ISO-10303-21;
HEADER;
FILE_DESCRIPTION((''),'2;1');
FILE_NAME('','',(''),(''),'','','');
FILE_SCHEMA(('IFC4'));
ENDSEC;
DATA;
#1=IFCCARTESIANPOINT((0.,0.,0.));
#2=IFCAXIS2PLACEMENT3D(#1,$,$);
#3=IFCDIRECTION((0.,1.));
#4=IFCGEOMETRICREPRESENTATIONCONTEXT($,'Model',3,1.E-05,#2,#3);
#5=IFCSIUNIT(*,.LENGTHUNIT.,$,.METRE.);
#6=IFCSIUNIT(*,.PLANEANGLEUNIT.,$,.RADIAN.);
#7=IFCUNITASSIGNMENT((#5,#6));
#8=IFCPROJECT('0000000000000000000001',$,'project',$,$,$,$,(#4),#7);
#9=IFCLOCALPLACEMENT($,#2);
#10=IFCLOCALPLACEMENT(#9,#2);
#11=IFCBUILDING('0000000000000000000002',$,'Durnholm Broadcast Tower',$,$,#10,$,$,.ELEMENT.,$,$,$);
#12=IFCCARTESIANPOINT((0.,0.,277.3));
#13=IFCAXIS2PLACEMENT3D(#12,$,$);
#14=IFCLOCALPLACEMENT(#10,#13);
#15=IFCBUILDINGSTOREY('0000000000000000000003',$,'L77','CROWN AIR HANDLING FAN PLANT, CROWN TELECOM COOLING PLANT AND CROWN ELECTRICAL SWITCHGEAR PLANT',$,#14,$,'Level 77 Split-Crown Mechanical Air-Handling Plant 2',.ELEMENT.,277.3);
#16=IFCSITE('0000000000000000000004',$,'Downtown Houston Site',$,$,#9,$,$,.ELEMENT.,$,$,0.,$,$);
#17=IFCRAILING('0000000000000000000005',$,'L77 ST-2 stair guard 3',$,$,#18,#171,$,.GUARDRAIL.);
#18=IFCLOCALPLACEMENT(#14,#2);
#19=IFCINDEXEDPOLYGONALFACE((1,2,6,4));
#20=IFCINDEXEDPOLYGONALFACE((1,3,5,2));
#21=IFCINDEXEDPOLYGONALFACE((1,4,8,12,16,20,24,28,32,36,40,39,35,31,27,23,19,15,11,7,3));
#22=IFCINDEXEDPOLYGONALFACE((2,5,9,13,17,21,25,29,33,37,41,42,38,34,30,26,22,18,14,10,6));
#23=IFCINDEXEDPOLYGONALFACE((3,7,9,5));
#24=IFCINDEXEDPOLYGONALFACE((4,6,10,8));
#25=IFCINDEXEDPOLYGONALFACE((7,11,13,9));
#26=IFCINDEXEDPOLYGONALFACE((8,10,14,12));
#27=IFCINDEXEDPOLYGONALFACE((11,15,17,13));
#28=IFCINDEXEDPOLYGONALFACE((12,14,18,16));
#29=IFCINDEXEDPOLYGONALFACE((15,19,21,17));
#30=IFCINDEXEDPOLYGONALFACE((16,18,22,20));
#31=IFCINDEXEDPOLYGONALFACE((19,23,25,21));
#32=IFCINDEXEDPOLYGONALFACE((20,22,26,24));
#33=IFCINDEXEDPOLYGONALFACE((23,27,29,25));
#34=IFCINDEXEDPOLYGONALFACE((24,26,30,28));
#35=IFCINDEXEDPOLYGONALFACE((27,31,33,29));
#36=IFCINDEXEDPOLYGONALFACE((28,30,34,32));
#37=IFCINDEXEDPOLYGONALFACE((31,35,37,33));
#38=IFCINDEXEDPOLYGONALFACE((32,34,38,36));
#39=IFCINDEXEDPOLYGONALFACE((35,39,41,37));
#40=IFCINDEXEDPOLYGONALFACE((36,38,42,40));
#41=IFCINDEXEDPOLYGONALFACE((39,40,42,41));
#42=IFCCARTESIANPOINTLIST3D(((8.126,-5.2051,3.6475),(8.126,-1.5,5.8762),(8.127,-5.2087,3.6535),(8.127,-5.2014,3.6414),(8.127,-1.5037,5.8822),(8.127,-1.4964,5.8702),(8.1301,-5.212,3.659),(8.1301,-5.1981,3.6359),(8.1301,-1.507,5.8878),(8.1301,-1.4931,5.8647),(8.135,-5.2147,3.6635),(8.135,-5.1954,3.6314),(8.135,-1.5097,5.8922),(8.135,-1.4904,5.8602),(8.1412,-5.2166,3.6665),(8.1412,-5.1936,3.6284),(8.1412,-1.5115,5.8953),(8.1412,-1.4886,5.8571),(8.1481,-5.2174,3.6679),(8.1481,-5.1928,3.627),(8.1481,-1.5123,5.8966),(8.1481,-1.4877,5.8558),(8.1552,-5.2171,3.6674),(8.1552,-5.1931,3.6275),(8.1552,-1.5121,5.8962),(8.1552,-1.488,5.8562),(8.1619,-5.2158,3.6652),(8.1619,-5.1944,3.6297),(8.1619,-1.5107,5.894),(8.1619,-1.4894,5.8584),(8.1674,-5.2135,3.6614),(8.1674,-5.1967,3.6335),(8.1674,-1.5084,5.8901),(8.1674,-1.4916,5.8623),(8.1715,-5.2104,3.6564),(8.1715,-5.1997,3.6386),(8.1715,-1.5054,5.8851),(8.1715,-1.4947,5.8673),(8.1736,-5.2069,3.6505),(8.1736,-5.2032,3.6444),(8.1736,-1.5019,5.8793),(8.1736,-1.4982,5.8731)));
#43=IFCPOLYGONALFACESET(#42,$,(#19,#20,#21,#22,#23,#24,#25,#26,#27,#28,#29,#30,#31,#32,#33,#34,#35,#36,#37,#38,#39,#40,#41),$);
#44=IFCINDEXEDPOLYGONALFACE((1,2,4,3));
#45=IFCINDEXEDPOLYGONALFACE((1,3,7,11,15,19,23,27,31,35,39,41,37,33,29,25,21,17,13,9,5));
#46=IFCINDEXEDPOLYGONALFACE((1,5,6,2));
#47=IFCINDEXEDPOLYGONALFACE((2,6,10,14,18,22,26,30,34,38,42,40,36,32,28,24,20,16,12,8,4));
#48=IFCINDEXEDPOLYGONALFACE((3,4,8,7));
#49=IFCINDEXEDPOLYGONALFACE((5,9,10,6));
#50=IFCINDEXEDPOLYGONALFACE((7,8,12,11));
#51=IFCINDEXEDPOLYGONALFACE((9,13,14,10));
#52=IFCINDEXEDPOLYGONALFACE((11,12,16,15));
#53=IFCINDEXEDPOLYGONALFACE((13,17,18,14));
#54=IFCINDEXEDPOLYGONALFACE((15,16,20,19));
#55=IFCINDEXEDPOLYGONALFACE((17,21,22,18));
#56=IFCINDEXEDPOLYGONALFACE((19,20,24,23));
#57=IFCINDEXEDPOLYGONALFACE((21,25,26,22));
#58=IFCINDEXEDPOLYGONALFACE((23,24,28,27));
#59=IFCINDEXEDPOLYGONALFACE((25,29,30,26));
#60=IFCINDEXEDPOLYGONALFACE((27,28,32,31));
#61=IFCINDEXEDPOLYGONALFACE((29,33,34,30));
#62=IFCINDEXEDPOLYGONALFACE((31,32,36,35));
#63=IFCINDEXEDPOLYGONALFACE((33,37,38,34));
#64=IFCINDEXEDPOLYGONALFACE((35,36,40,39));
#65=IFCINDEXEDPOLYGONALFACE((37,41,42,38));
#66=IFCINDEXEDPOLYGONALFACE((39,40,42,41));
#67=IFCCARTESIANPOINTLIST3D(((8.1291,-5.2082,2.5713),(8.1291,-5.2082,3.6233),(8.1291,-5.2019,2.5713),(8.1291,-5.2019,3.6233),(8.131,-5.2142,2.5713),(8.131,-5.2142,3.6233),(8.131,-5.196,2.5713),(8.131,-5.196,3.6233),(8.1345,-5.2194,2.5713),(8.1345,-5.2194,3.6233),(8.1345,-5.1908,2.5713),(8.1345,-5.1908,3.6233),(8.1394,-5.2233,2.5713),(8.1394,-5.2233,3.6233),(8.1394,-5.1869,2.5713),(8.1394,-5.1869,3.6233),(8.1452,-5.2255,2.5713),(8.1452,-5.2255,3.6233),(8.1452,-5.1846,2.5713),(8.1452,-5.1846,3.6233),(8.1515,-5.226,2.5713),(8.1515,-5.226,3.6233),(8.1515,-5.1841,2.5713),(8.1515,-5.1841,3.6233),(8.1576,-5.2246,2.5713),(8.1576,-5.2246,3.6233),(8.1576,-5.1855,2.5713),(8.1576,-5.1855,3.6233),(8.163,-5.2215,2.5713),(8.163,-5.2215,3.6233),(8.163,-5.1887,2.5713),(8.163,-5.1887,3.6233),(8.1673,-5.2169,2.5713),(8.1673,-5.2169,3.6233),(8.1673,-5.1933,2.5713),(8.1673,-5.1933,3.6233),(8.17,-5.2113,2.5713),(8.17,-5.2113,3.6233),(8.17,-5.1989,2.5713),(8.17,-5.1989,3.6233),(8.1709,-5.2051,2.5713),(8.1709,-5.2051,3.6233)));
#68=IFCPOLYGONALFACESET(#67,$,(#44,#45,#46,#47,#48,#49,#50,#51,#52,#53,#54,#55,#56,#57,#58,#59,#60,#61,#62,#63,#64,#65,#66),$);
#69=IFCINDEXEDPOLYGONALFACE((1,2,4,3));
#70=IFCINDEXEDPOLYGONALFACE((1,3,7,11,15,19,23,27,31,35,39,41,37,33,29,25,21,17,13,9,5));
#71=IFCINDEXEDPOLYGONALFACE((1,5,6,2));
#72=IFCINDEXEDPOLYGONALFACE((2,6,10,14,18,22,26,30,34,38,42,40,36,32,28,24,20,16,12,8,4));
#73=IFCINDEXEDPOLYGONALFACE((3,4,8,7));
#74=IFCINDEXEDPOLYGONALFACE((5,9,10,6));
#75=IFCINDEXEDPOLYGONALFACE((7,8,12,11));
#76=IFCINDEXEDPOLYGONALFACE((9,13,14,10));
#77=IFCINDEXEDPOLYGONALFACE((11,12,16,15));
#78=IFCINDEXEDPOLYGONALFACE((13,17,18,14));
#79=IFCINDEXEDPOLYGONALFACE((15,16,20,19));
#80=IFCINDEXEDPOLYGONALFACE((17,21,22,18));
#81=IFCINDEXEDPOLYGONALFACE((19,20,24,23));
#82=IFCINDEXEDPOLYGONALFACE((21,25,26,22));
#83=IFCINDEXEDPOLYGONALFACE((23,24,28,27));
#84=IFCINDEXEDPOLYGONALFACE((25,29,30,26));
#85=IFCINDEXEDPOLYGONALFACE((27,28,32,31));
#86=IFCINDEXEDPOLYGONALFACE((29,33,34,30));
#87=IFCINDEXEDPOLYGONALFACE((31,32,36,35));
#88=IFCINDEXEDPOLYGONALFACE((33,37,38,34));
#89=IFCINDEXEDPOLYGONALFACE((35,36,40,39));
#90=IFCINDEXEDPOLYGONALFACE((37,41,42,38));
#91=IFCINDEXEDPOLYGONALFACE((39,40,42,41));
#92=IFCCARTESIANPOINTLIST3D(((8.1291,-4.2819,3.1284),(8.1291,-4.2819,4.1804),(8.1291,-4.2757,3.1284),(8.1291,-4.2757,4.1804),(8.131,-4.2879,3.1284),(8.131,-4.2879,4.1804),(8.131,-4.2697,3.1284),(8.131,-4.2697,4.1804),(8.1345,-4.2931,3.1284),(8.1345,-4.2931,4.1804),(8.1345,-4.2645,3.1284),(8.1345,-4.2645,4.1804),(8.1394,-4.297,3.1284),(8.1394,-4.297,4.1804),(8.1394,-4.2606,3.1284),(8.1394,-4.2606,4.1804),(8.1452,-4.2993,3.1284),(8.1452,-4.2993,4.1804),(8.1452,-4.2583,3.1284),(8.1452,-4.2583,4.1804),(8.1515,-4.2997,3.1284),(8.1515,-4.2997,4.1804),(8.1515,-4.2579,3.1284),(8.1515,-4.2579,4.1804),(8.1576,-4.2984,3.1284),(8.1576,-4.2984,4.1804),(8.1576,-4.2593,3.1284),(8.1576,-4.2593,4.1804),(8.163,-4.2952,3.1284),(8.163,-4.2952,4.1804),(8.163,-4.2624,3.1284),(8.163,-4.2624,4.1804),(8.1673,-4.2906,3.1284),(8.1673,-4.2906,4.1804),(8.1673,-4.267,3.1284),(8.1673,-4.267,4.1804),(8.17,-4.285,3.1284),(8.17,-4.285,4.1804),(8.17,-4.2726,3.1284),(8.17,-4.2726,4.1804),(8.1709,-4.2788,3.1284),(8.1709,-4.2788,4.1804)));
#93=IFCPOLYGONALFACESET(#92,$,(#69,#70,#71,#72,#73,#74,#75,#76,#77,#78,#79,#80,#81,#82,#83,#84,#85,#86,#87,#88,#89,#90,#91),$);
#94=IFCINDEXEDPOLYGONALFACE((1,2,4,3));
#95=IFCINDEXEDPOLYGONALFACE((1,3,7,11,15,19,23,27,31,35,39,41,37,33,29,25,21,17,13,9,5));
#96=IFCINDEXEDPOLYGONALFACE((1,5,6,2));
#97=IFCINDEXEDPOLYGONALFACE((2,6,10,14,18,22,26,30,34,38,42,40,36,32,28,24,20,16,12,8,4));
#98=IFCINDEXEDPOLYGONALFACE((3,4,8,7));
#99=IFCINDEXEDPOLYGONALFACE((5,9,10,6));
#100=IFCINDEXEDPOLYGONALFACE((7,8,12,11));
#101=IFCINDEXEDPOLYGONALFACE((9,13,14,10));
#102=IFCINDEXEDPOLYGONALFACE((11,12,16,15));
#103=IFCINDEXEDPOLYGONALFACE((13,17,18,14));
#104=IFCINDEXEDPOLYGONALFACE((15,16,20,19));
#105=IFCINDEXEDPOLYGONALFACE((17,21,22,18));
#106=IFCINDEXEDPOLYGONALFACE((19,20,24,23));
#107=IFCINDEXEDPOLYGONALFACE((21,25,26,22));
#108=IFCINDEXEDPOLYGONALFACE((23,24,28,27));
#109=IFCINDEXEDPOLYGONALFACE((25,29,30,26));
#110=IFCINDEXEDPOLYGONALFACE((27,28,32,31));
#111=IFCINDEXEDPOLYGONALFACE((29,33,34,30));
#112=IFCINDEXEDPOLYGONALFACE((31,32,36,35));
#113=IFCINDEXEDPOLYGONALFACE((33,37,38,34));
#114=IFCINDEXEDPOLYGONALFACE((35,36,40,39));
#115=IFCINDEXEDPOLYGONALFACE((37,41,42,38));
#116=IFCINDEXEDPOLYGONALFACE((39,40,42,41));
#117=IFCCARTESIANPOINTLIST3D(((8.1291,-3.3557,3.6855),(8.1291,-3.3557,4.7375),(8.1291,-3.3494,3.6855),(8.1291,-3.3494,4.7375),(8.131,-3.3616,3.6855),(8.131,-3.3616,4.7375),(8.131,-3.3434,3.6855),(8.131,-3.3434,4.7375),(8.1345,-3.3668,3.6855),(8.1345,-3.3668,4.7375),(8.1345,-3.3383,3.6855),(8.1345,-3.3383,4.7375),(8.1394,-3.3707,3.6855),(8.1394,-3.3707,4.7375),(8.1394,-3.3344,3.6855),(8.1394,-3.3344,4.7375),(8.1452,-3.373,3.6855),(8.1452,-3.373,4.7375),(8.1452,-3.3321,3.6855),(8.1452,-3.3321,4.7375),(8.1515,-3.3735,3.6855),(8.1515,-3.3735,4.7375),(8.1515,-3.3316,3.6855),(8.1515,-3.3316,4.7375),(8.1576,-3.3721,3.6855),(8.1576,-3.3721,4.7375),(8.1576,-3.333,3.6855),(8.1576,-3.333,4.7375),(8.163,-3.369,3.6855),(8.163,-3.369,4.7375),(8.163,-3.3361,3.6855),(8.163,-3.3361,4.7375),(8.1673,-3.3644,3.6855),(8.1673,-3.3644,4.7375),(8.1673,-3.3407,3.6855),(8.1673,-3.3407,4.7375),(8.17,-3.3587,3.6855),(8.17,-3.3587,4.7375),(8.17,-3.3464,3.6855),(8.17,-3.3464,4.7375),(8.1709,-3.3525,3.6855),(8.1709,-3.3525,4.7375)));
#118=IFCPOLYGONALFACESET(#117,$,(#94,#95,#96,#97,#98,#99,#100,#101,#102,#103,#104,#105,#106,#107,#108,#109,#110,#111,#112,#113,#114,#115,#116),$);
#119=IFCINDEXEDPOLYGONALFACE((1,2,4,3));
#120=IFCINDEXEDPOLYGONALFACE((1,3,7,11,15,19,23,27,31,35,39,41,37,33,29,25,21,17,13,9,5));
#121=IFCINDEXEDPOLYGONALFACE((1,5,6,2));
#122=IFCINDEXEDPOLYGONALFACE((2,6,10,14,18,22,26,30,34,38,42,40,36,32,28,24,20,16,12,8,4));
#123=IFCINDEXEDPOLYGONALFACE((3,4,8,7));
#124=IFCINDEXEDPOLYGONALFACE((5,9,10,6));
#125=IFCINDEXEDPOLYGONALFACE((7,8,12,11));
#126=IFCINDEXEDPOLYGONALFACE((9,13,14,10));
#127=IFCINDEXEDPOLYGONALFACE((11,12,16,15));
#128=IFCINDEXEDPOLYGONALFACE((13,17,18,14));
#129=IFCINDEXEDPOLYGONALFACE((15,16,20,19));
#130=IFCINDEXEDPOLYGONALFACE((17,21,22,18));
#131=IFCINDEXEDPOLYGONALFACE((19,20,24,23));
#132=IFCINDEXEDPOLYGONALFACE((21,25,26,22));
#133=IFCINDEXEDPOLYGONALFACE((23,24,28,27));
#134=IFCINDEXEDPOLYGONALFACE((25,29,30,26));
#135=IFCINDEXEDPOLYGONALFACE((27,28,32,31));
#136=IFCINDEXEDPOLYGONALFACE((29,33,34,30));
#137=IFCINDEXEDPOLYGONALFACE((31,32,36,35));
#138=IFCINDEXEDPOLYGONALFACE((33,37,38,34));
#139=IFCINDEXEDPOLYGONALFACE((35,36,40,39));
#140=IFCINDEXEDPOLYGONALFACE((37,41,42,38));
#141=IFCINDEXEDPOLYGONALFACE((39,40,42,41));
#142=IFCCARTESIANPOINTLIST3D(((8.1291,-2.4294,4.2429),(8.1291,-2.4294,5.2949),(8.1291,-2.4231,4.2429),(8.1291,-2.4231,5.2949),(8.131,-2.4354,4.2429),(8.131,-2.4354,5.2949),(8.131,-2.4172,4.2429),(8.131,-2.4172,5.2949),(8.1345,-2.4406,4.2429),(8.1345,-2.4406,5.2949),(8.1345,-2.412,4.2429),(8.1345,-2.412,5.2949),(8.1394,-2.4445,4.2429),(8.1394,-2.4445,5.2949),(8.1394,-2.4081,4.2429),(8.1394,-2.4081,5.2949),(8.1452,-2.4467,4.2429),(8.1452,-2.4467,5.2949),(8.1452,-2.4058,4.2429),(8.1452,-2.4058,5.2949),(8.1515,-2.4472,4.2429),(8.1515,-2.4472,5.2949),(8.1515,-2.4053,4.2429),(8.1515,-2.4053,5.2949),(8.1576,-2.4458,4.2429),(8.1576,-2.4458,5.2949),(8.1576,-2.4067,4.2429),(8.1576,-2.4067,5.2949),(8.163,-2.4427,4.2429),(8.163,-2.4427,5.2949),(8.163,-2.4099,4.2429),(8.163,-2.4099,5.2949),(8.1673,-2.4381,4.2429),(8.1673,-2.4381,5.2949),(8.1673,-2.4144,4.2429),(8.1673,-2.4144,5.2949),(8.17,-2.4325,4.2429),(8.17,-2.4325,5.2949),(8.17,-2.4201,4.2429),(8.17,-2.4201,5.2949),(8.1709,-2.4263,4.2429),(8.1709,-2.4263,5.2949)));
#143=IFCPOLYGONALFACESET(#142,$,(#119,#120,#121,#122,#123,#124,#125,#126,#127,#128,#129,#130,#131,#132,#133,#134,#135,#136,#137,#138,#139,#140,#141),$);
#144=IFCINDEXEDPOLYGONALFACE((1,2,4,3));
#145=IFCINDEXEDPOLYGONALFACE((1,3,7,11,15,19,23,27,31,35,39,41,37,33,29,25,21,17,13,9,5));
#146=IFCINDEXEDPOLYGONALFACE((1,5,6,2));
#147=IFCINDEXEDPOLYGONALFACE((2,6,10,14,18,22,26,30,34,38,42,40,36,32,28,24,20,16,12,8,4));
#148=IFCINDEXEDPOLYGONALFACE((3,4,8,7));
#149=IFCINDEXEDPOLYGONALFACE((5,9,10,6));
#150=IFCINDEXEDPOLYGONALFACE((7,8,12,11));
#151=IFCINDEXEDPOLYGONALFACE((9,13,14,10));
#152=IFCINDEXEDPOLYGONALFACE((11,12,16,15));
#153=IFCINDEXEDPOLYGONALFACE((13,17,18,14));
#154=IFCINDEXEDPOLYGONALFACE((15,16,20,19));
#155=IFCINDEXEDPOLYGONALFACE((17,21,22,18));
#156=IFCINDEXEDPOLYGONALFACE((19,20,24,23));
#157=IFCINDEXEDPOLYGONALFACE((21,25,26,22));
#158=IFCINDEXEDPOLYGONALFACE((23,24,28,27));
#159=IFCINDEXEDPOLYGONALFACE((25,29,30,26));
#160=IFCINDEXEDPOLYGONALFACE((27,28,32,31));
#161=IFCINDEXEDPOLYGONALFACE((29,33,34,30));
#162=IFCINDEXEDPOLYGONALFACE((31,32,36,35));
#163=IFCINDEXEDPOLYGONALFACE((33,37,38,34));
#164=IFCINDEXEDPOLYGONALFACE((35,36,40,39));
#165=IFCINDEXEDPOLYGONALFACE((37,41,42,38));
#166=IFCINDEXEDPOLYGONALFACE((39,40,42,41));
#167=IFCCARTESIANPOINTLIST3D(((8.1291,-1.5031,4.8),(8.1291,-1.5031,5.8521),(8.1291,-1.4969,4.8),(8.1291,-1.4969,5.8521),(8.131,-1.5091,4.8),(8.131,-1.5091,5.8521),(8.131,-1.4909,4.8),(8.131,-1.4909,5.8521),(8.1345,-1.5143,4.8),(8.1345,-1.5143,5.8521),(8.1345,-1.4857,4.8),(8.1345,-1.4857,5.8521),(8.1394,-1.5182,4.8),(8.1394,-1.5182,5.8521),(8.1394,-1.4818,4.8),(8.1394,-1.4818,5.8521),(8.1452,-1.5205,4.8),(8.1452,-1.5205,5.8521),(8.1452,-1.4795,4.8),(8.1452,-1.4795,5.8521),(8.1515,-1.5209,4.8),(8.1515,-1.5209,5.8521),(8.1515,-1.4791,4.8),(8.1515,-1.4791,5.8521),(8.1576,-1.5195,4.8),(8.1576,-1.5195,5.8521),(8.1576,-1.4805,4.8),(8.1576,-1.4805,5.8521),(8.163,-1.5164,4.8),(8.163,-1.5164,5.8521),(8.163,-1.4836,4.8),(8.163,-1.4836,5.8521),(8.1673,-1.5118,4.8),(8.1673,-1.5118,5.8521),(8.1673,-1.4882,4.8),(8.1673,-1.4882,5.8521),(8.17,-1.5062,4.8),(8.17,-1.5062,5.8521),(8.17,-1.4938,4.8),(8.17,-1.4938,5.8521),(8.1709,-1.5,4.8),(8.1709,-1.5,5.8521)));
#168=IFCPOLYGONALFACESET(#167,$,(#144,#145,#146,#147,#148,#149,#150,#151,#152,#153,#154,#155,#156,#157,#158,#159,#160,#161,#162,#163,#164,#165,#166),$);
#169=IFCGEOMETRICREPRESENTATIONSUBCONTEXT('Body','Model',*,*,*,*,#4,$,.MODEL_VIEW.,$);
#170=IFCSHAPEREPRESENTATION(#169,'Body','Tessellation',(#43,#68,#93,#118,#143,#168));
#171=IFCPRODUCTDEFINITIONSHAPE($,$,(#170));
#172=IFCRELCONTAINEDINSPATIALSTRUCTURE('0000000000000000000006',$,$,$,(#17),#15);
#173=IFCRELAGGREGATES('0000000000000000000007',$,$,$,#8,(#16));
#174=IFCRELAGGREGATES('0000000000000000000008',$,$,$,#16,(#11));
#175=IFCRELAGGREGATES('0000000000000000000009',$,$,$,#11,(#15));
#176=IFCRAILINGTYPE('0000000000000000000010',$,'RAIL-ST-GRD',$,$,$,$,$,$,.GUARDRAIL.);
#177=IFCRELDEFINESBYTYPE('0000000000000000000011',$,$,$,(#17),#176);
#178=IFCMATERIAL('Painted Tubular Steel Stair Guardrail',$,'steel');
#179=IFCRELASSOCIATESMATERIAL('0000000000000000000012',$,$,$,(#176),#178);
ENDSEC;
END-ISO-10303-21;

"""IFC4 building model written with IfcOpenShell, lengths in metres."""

from ifc_helpers import new_model, si_unit, direction, frame, origin, origin_2d, place, context, subcontext, project, spatial, circle, extrude, material, type_object, element, save


model = new_model("IFC4")

# Units and contexts
model_context = context("Model", 3, precision=1e-05, world=origin(), true_north=direction((0.0, 1.0)))
body_context = subcontext(model_context, "Body", "Model", "MODEL_VIEW")
ifc_project = project(units=[si_unit("LENGTHUNIT", "METRE"), si_unit("PLANEANGLEUNIT", "RADIAN")], contexts=[model_context])

# Site, building, storey
site_placement = place(None, origin())
site = spatial("IfcSite", under=ifc_project, at=site_placement, Name="Downtown Houston Site", CompositionType="ELEMENT", RefElevation=0.0)
building_placement = place(site_placement, origin())
building = spatial("IfcBuilding", under=site, at=building_placement, Name="Durnholm Broadcast Tower", CompositionType="ELEMENT")
storey_placement = place(building_placement, frame((0.0, 0.0, 277.3)))
storey = spatial("IfcBuildingStorey", under=building, at=storey_placement, Name="L77", Description="CROWN AIR HANDLING FAN PLANT, CROWN TELECOM COOLING PLANT AND CROWN ELECTRICAL SWITCHGEAR PLANT", LongName="Level 77 Split-Crown Mechanical Air-Handling Plant 2", CompositionType="ELEMENT", Elevation=277.3)

# Railing
ifc_material_1 = material(Name="Painted Tubular Steel Stair Guardrail", Category="steel")
railing_type_1 = type_object("IfcRailingType", Name="RAIL-ST-GRD", PredefinedType="GUARDRAIL", material=ifc_material_1)
railing_1_placement = place(storey_placement, frame((8.1499, -5.2051, 2.5713)))
element("IfcRailing", 1, at=railing_1_placement, inside=storey, type_object=railing_type_1, Name="L77 ST-2 stair guard 3", PredefinedType="GUARDRAIL", context=body_context, shape_type="SweptSolid", body=[
    extrude(circle(Radius=0.0239, at=origin_2d()), frame((0.0, 0.0, 1.0762), z_axis=(0.0, 0.856909, 0.515467), x_axis=(-1.0, 0.0, 0.0)), (0.0, 0.0, 1.0), 4.3237),
    extrude(circle(Radius=0.021, at=origin_2d()), origin(), (0.0, 0.0, 1.0), 1.052),
    extrude(circle(Radius=0.021, at=origin_2d()), frame((0.0, 0.9263, 0.5571)), (0.0, 0.0, 1.0), 1.052),
    extrude(circle(Radius=0.021, at=origin_2d()), frame((0.0, 1.8525, 1.1143)), (0.0, 0.0, 1.0), 1.052),
    extrude(circle(Radius=0.021, at=origin_2d()), frame((0.0, 2.7788, 1.6716)), (0.0, 0.0, 1.0), 1.052),
    extrude(circle(Radius=0.021, at=origin_2d()), frame((0.0, 3.7051, 2.2288)), (0.0, 0.0, 1.0), 1.052),
])

save(model, "model.ifc")
